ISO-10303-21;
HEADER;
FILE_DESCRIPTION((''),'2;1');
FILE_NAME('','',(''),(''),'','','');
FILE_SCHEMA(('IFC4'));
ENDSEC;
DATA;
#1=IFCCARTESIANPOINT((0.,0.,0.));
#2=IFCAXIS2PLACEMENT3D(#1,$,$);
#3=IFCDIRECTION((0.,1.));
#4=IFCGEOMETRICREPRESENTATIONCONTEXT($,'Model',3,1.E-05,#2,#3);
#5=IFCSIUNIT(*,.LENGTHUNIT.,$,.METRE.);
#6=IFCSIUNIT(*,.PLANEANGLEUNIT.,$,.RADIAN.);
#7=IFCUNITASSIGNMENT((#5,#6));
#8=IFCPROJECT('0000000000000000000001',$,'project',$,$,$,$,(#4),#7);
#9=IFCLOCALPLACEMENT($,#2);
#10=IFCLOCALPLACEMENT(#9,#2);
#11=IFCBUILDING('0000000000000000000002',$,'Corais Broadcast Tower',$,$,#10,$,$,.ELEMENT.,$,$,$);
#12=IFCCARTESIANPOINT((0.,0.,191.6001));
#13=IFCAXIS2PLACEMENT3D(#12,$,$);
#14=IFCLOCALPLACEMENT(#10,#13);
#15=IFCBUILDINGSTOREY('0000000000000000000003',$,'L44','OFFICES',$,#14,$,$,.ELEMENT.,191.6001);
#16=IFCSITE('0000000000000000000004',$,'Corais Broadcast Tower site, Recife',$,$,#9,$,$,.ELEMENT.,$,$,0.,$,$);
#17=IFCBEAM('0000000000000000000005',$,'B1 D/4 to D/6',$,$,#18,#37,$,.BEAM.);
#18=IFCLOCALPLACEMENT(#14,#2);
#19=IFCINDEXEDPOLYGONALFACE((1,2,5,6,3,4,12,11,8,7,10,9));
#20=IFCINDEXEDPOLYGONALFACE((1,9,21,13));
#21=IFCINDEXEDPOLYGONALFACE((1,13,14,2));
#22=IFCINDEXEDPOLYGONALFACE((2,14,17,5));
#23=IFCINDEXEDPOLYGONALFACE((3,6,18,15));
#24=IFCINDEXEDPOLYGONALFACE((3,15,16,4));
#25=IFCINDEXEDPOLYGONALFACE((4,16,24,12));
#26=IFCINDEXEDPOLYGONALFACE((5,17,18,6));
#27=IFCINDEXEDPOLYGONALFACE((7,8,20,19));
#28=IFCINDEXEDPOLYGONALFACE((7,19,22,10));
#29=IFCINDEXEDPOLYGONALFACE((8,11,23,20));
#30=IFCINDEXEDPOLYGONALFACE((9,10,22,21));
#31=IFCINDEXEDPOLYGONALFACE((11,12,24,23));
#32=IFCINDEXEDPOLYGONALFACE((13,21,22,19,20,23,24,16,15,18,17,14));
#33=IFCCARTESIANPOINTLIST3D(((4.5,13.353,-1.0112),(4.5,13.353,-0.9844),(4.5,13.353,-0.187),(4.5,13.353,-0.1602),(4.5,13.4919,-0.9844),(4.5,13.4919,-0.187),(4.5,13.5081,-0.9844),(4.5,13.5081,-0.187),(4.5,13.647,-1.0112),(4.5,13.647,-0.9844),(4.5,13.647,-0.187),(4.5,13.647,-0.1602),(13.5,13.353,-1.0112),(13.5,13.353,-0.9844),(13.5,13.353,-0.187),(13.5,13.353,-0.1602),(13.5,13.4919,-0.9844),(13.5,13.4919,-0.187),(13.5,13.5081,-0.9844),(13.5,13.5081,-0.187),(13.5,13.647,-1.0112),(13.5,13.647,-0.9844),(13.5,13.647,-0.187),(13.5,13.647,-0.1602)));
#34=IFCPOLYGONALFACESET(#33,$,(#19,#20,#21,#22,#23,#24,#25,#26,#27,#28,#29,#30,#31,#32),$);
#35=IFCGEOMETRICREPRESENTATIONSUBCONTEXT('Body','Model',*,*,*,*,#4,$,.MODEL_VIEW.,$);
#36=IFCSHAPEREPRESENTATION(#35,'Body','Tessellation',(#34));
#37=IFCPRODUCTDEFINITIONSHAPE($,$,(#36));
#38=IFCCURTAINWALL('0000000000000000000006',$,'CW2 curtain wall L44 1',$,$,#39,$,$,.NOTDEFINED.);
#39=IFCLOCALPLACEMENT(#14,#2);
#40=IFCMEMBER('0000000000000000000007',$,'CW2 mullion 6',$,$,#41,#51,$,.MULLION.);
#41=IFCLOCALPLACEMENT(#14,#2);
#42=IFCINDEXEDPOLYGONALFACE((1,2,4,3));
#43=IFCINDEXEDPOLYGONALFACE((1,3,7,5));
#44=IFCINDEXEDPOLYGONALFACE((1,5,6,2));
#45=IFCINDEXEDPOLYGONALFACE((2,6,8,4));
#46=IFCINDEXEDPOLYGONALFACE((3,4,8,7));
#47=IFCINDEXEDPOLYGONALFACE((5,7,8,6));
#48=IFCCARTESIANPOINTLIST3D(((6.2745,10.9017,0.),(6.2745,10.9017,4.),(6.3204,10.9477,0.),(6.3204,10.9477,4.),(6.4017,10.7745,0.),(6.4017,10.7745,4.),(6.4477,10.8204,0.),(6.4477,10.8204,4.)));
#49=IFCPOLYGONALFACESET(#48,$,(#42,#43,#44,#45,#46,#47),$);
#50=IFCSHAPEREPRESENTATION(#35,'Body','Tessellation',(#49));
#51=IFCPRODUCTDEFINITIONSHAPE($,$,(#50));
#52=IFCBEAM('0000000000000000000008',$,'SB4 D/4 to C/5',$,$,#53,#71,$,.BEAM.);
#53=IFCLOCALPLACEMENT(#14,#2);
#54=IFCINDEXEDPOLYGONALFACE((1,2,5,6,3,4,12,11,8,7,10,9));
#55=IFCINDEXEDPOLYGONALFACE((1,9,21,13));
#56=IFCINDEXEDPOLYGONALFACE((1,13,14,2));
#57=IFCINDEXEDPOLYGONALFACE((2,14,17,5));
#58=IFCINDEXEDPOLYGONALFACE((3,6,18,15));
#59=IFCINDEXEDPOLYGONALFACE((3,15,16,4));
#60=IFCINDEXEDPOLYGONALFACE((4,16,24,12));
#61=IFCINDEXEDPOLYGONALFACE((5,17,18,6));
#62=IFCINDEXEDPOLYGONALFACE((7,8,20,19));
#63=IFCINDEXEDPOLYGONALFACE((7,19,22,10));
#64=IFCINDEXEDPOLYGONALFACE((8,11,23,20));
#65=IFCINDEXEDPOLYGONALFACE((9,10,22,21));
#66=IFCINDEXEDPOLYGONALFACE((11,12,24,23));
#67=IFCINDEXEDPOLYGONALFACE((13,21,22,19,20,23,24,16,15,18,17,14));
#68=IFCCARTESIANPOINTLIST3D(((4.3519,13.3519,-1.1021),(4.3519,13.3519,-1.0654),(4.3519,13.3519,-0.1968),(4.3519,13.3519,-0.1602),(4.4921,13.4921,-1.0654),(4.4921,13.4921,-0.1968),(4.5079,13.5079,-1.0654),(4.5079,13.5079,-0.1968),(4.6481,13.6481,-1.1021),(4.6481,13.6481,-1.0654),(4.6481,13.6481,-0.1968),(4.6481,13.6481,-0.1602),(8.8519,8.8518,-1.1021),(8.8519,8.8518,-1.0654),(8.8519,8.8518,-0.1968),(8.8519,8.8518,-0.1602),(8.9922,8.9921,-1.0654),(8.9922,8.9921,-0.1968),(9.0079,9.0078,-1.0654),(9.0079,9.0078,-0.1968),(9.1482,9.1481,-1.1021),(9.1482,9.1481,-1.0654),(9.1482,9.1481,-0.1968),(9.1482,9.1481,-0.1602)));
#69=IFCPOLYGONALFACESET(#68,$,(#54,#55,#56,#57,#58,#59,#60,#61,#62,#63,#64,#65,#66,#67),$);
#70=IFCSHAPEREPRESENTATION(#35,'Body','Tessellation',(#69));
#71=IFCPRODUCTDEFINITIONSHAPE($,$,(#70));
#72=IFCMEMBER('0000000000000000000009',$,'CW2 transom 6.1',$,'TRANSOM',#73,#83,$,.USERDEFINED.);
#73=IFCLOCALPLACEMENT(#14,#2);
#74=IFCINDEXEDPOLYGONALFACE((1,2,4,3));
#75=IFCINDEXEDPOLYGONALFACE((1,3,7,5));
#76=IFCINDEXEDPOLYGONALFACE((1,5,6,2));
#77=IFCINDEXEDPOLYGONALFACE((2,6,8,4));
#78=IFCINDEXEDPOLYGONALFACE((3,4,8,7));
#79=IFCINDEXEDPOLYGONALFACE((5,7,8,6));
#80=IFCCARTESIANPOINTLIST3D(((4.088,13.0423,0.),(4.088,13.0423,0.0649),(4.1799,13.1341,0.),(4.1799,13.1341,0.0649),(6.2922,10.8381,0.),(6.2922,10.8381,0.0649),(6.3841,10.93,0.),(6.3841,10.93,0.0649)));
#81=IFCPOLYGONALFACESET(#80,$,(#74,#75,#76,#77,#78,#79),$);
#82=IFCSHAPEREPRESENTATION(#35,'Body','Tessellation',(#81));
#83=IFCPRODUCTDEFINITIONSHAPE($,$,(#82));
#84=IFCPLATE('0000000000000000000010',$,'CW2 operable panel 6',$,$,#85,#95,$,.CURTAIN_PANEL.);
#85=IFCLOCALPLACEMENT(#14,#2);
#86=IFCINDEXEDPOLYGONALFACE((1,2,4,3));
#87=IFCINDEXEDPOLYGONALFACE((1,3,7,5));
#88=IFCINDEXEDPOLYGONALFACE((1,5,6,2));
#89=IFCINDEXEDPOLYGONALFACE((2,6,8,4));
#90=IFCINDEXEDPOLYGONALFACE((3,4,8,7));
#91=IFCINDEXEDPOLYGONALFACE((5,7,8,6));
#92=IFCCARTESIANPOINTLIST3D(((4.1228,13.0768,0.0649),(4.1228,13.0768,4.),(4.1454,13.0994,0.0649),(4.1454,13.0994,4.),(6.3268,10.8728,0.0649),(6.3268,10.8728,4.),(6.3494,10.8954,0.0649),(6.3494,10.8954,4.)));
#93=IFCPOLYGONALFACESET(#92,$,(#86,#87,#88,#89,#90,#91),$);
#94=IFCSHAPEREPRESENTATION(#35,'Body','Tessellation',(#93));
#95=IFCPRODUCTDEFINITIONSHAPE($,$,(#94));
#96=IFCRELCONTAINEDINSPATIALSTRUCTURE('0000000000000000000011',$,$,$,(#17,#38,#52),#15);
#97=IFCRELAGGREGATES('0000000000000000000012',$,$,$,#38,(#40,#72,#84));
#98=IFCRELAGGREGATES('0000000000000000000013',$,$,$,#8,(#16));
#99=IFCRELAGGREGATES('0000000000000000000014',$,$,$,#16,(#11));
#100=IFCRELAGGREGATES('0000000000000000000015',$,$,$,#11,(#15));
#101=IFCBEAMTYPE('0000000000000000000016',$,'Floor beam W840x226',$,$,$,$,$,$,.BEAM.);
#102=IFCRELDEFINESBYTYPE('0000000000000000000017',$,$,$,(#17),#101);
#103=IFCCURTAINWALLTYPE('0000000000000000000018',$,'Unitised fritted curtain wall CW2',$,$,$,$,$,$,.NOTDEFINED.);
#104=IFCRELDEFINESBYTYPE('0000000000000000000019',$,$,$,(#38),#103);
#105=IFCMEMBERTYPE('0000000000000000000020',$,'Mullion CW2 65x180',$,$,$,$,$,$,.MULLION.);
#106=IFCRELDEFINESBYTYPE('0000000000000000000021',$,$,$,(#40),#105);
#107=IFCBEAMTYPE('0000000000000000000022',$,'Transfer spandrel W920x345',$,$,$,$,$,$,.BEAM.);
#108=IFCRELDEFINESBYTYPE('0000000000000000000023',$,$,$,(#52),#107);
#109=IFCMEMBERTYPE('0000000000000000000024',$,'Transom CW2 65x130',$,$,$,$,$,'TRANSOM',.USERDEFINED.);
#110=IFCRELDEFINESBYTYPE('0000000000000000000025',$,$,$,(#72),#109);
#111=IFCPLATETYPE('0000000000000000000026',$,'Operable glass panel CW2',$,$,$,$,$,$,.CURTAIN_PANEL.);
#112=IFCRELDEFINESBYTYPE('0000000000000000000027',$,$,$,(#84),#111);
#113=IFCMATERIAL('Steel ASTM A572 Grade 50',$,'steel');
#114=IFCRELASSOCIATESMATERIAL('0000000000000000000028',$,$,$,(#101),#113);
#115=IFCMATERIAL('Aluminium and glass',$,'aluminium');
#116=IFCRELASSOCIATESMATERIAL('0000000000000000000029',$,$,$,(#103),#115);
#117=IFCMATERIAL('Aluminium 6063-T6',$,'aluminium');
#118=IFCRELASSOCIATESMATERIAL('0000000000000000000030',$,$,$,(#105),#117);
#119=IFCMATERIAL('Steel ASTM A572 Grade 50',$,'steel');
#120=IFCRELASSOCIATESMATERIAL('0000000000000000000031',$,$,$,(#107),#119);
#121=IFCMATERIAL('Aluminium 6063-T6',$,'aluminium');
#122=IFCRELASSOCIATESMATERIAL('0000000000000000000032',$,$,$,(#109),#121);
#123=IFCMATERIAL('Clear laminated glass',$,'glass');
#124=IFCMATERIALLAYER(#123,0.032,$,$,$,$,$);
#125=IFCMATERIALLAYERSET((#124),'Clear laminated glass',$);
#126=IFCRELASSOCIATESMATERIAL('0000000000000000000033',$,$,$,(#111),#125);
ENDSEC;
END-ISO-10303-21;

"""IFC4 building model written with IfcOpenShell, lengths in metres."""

from ifc_helpers import new_model, si_unit, direction, frame, origin, origin_2d, place, context, subcontext, project, spatial, rectangle, i_section, extrude, material, layer, layer_set, material_profile, profile_set, type_object, element, aggregate, save


model = new_model("IFC4")

# Units and contexts
model_context = context("Model", 3, precision=1e-05, world=origin(), true_north=direction((0.0, 1.0)))
body_context = subcontext(model_context, "Body", "Model", "MODEL_VIEW")
ifc_project = project(units=[si_unit("LENGTHUNIT", "METRE"), si_unit("PLANEANGLEUNIT", "RADIAN")], contexts=[model_context])

# Site, building, storey
site_placement = place(None, origin())
site = spatial("IfcSite", under=ifc_project, at=site_placement, Name="Corais Broadcast Tower site, Recife", CompositionType="ELEMENT", RefElevation=0.0)
building_placement = place(site_placement, origin())
building = spatial("IfcBuilding", under=site, at=building_placement, Name="Corais Broadcast Tower", CompositionType="ELEMENT")
storey_placement = place(building_placement, frame((0.0, 0.0, 191.6001)))
storey = spatial("IfcBuildingStorey", under=building, at=storey_placement, Name="L44", Description="OFFICES", CompositionType="ELEMENT", Elevation=191.6001)

# Beam
ifc_material_1 = material(Name="Steel ASTM A572 Grade 50", Category="steel")
ifc_material_profile_1 = material_profile(ifc_material_1, i_section(OverallWidth=0.2939, OverallDepth=0.8511, WebThickness=0.0161, FlangeThickness=0.0269, at=origin_2d()), Name="W840x226")
ifc_profile_set_1 = profile_set([ifc_material_profile_1], Name="Steel ASTM A572 Grade 50")
beam_type_1 = type_object("IfcBeamType", Name="Floor beam W840x226", PredefinedType="BEAM", material=ifc_profile_set_1)
beam_1_placement = place(storey_placement, frame((4.5, 13.5, -0.5857), z_axis=(1.0, 0.0, 0.0), x_axis=(0.0, 1.0, 0.0)))
element("IfcBeam", 1, at=beam_1_placement, inside=storey, type_object=beam_type_1, Name="B1 D/4 to D/6", PredefinedType="BEAM", context=body_context, shape_type="SweptSolid", body=[
    extrude(i_section(OverallWidth=0.2939, OverallDepth=0.8511, WebThickness=0.0161, FlangeThickness=0.0269, at=origin_2d()), origin(), (0.0, 0.0, 1.0), 9.0),
])

# Curtain wall, member
ifc_material_2 = material(Name="Aluminium and glass", Category="aluminium")
curtain_wall_type = type_object("IfcCurtainWallType", Name="Unitised fritted curtain wall CW2", PredefinedType="NOTDEFINED", material=ifc_material_2)
curtain_wall_placement = place(storey_placement, origin())
curtain_wall = element("IfcCurtainWall", 2, at=curtain_wall_placement, inside=storey, type_object=curtain_wall_type, Name="CW2 curtain wall L44 1", PredefinedType="NOTDEFINED")
ifc_material_3 = material(Name="Aluminium 6063-T6", Category="aluminium")
ifc_material_profile_2 = material_profile(ifc_material_3, rectangle(XDim=0.0649, YDim=0.1799, at=origin_2d()), Name="Mullion CW2 65x180")
ifc_profile_set_2 = profile_set([ifc_material_profile_2], Name="Aluminium 6063-T6")
member_type_1 = type_object("IfcMemberType", Name="Mullion CW2 65x180", PredefinedType="MULLION", material=ifc_profile_set_2)
member_1_placement = place(storey_placement, frame((6.3611, 10.8611, 0.0), z_axis=(0.0, 0.0, 1.0), x_axis=(-0.707107, -0.707107, 0.0)))
member_1 = element("IfcMember", 3, at=member_1_placement, type_object=member_type_1, Name="CW2 mullion 6", PredefinedType="MULLION", context=body_context, shape_type="SweptSolid", body=[
    extrude(rectangle(XDim=0.0649, YDim=0.1799, at=origin_2d()), origin(), (0.0, 0.0, 1.0), 4.0),
])

# Beam
ifc_material_4 = material(Name="Steel ASTM A572 Grade 50", Category="steel")
ifc_material_profile_3 = material_profile(ifc_material_4, i_section(OverallWidth=0.4189, OverallDepth=0.9419, WebThickness=0.0222, FlangeThickness=0.0366, at=origin_2d()), Name="W920x345")
ifc_profile_set_3 = profile_set([ifc_material_profile_3], Name="Steel ASTM A572 Grade 50")
beam_type_2 = type_object("IfcBeamType", Name="Transfer spandrel W920x345", PredefinedType="BEAM", material=ifc_profile_set_3)
beam_2_placement = place(storey_placement, frame((4.5, 13.5, -0.6311), z_axis=(0.707107, -0.707107, 0.0), x_axis=(0.707107, 0.707107, 0.0)))
element("IfcBeam", 4, at=beam_2_placement, inside=storey, type_object=beam_type_2, Name="SB4 D/4 to C/5", PredefinedType="BEAM", context=body_context, shape_type="SweptSolid", body=[
    extrude(i_section(OverallWidth=0.4189, OverallDepth=0.9419, WebThickness=0.0222, FlangeThickness=0.0366, at=origin_2d()), origin(), (0.0, 0.0, 1.0), 6.364),
])

# Member
ifc_material_5 = material(Name="Aluminium 6063-T6", Category="aluminium")
ifc_material_profile_4 = material_profile(ifc_material_5, rectangle(XDim=0.1299, YDim=0.0649, at=origin_2d()), Name="Transom CW2 65x130")
ifc_profile_set_4 = profile_set([ifc_material_profile_4], Name="Aluminium 6063-T6")
member_type_2 = type_object("IfcMemberType", Name="Transom CW2 65x130", ElementType="TRANSOM", PredefinedType="USERDEFINED", material=ifc_profile_set_4)
member_2_placement = place(storey_placement, frame((6.3381, 10.884, 0.0325), z_axis=(-0.707107, 0.707107, 0.0), x_axis=(-0.707107, -0.707107, 0.0)))
member_2 = element("IfcMember", 5, at=member_2_placement, type_object=member_type_2, Name="CW2 transom 6.1", ObjectType="TRANSOM", PredefinedType="USERDEFINED", context=body_context, shape_type="SweptSolid", body=[
    extrude(rectangle(XDim=0.1299, YDim=0.0649, at=origin_2d()), origin(), (0.0, 0.0, 1.0), 3.1172),
])

# Plate
ifc_material_6 = material(Name="Clear laminated glass", Category="glass")
ifc_layer_1 = layer(ifc_material_6, 0.032)
ifc_layer_set_1 = layer_set([ifc_layer_1], Name="Clear laminated glass")
plate_type = type_object("IfcPlateType", Name="Operable glass panel CW2", PredefinedType="CURTAIN_PANEL", material=ifc_layer_set_1)
plate_placement = place(storey_placement, frame((5.2361, 11.9861, 0.0649), z_axis=(0.0, 0.0, 1.0), x_axis=(-0.707107, 0.707107, 0.0)))
plate = element("IfcPlate", 6, at=plate_placement, type_object=plate_type, Name="CW2 operable panel 6", PredefinedType="CURTAIN_PANEL", context=body_context, shape_type="SweptSolid", body=[
    extrude(rectangle(XDim=3.1169, YDim=0.032, at=origin_2d()), origin(), (0.0, 0.0, 1.0), 3.9351),
])
aggregate(curtain_wall, [member_1, member_2, plate])

save(model, "model.ifc")
